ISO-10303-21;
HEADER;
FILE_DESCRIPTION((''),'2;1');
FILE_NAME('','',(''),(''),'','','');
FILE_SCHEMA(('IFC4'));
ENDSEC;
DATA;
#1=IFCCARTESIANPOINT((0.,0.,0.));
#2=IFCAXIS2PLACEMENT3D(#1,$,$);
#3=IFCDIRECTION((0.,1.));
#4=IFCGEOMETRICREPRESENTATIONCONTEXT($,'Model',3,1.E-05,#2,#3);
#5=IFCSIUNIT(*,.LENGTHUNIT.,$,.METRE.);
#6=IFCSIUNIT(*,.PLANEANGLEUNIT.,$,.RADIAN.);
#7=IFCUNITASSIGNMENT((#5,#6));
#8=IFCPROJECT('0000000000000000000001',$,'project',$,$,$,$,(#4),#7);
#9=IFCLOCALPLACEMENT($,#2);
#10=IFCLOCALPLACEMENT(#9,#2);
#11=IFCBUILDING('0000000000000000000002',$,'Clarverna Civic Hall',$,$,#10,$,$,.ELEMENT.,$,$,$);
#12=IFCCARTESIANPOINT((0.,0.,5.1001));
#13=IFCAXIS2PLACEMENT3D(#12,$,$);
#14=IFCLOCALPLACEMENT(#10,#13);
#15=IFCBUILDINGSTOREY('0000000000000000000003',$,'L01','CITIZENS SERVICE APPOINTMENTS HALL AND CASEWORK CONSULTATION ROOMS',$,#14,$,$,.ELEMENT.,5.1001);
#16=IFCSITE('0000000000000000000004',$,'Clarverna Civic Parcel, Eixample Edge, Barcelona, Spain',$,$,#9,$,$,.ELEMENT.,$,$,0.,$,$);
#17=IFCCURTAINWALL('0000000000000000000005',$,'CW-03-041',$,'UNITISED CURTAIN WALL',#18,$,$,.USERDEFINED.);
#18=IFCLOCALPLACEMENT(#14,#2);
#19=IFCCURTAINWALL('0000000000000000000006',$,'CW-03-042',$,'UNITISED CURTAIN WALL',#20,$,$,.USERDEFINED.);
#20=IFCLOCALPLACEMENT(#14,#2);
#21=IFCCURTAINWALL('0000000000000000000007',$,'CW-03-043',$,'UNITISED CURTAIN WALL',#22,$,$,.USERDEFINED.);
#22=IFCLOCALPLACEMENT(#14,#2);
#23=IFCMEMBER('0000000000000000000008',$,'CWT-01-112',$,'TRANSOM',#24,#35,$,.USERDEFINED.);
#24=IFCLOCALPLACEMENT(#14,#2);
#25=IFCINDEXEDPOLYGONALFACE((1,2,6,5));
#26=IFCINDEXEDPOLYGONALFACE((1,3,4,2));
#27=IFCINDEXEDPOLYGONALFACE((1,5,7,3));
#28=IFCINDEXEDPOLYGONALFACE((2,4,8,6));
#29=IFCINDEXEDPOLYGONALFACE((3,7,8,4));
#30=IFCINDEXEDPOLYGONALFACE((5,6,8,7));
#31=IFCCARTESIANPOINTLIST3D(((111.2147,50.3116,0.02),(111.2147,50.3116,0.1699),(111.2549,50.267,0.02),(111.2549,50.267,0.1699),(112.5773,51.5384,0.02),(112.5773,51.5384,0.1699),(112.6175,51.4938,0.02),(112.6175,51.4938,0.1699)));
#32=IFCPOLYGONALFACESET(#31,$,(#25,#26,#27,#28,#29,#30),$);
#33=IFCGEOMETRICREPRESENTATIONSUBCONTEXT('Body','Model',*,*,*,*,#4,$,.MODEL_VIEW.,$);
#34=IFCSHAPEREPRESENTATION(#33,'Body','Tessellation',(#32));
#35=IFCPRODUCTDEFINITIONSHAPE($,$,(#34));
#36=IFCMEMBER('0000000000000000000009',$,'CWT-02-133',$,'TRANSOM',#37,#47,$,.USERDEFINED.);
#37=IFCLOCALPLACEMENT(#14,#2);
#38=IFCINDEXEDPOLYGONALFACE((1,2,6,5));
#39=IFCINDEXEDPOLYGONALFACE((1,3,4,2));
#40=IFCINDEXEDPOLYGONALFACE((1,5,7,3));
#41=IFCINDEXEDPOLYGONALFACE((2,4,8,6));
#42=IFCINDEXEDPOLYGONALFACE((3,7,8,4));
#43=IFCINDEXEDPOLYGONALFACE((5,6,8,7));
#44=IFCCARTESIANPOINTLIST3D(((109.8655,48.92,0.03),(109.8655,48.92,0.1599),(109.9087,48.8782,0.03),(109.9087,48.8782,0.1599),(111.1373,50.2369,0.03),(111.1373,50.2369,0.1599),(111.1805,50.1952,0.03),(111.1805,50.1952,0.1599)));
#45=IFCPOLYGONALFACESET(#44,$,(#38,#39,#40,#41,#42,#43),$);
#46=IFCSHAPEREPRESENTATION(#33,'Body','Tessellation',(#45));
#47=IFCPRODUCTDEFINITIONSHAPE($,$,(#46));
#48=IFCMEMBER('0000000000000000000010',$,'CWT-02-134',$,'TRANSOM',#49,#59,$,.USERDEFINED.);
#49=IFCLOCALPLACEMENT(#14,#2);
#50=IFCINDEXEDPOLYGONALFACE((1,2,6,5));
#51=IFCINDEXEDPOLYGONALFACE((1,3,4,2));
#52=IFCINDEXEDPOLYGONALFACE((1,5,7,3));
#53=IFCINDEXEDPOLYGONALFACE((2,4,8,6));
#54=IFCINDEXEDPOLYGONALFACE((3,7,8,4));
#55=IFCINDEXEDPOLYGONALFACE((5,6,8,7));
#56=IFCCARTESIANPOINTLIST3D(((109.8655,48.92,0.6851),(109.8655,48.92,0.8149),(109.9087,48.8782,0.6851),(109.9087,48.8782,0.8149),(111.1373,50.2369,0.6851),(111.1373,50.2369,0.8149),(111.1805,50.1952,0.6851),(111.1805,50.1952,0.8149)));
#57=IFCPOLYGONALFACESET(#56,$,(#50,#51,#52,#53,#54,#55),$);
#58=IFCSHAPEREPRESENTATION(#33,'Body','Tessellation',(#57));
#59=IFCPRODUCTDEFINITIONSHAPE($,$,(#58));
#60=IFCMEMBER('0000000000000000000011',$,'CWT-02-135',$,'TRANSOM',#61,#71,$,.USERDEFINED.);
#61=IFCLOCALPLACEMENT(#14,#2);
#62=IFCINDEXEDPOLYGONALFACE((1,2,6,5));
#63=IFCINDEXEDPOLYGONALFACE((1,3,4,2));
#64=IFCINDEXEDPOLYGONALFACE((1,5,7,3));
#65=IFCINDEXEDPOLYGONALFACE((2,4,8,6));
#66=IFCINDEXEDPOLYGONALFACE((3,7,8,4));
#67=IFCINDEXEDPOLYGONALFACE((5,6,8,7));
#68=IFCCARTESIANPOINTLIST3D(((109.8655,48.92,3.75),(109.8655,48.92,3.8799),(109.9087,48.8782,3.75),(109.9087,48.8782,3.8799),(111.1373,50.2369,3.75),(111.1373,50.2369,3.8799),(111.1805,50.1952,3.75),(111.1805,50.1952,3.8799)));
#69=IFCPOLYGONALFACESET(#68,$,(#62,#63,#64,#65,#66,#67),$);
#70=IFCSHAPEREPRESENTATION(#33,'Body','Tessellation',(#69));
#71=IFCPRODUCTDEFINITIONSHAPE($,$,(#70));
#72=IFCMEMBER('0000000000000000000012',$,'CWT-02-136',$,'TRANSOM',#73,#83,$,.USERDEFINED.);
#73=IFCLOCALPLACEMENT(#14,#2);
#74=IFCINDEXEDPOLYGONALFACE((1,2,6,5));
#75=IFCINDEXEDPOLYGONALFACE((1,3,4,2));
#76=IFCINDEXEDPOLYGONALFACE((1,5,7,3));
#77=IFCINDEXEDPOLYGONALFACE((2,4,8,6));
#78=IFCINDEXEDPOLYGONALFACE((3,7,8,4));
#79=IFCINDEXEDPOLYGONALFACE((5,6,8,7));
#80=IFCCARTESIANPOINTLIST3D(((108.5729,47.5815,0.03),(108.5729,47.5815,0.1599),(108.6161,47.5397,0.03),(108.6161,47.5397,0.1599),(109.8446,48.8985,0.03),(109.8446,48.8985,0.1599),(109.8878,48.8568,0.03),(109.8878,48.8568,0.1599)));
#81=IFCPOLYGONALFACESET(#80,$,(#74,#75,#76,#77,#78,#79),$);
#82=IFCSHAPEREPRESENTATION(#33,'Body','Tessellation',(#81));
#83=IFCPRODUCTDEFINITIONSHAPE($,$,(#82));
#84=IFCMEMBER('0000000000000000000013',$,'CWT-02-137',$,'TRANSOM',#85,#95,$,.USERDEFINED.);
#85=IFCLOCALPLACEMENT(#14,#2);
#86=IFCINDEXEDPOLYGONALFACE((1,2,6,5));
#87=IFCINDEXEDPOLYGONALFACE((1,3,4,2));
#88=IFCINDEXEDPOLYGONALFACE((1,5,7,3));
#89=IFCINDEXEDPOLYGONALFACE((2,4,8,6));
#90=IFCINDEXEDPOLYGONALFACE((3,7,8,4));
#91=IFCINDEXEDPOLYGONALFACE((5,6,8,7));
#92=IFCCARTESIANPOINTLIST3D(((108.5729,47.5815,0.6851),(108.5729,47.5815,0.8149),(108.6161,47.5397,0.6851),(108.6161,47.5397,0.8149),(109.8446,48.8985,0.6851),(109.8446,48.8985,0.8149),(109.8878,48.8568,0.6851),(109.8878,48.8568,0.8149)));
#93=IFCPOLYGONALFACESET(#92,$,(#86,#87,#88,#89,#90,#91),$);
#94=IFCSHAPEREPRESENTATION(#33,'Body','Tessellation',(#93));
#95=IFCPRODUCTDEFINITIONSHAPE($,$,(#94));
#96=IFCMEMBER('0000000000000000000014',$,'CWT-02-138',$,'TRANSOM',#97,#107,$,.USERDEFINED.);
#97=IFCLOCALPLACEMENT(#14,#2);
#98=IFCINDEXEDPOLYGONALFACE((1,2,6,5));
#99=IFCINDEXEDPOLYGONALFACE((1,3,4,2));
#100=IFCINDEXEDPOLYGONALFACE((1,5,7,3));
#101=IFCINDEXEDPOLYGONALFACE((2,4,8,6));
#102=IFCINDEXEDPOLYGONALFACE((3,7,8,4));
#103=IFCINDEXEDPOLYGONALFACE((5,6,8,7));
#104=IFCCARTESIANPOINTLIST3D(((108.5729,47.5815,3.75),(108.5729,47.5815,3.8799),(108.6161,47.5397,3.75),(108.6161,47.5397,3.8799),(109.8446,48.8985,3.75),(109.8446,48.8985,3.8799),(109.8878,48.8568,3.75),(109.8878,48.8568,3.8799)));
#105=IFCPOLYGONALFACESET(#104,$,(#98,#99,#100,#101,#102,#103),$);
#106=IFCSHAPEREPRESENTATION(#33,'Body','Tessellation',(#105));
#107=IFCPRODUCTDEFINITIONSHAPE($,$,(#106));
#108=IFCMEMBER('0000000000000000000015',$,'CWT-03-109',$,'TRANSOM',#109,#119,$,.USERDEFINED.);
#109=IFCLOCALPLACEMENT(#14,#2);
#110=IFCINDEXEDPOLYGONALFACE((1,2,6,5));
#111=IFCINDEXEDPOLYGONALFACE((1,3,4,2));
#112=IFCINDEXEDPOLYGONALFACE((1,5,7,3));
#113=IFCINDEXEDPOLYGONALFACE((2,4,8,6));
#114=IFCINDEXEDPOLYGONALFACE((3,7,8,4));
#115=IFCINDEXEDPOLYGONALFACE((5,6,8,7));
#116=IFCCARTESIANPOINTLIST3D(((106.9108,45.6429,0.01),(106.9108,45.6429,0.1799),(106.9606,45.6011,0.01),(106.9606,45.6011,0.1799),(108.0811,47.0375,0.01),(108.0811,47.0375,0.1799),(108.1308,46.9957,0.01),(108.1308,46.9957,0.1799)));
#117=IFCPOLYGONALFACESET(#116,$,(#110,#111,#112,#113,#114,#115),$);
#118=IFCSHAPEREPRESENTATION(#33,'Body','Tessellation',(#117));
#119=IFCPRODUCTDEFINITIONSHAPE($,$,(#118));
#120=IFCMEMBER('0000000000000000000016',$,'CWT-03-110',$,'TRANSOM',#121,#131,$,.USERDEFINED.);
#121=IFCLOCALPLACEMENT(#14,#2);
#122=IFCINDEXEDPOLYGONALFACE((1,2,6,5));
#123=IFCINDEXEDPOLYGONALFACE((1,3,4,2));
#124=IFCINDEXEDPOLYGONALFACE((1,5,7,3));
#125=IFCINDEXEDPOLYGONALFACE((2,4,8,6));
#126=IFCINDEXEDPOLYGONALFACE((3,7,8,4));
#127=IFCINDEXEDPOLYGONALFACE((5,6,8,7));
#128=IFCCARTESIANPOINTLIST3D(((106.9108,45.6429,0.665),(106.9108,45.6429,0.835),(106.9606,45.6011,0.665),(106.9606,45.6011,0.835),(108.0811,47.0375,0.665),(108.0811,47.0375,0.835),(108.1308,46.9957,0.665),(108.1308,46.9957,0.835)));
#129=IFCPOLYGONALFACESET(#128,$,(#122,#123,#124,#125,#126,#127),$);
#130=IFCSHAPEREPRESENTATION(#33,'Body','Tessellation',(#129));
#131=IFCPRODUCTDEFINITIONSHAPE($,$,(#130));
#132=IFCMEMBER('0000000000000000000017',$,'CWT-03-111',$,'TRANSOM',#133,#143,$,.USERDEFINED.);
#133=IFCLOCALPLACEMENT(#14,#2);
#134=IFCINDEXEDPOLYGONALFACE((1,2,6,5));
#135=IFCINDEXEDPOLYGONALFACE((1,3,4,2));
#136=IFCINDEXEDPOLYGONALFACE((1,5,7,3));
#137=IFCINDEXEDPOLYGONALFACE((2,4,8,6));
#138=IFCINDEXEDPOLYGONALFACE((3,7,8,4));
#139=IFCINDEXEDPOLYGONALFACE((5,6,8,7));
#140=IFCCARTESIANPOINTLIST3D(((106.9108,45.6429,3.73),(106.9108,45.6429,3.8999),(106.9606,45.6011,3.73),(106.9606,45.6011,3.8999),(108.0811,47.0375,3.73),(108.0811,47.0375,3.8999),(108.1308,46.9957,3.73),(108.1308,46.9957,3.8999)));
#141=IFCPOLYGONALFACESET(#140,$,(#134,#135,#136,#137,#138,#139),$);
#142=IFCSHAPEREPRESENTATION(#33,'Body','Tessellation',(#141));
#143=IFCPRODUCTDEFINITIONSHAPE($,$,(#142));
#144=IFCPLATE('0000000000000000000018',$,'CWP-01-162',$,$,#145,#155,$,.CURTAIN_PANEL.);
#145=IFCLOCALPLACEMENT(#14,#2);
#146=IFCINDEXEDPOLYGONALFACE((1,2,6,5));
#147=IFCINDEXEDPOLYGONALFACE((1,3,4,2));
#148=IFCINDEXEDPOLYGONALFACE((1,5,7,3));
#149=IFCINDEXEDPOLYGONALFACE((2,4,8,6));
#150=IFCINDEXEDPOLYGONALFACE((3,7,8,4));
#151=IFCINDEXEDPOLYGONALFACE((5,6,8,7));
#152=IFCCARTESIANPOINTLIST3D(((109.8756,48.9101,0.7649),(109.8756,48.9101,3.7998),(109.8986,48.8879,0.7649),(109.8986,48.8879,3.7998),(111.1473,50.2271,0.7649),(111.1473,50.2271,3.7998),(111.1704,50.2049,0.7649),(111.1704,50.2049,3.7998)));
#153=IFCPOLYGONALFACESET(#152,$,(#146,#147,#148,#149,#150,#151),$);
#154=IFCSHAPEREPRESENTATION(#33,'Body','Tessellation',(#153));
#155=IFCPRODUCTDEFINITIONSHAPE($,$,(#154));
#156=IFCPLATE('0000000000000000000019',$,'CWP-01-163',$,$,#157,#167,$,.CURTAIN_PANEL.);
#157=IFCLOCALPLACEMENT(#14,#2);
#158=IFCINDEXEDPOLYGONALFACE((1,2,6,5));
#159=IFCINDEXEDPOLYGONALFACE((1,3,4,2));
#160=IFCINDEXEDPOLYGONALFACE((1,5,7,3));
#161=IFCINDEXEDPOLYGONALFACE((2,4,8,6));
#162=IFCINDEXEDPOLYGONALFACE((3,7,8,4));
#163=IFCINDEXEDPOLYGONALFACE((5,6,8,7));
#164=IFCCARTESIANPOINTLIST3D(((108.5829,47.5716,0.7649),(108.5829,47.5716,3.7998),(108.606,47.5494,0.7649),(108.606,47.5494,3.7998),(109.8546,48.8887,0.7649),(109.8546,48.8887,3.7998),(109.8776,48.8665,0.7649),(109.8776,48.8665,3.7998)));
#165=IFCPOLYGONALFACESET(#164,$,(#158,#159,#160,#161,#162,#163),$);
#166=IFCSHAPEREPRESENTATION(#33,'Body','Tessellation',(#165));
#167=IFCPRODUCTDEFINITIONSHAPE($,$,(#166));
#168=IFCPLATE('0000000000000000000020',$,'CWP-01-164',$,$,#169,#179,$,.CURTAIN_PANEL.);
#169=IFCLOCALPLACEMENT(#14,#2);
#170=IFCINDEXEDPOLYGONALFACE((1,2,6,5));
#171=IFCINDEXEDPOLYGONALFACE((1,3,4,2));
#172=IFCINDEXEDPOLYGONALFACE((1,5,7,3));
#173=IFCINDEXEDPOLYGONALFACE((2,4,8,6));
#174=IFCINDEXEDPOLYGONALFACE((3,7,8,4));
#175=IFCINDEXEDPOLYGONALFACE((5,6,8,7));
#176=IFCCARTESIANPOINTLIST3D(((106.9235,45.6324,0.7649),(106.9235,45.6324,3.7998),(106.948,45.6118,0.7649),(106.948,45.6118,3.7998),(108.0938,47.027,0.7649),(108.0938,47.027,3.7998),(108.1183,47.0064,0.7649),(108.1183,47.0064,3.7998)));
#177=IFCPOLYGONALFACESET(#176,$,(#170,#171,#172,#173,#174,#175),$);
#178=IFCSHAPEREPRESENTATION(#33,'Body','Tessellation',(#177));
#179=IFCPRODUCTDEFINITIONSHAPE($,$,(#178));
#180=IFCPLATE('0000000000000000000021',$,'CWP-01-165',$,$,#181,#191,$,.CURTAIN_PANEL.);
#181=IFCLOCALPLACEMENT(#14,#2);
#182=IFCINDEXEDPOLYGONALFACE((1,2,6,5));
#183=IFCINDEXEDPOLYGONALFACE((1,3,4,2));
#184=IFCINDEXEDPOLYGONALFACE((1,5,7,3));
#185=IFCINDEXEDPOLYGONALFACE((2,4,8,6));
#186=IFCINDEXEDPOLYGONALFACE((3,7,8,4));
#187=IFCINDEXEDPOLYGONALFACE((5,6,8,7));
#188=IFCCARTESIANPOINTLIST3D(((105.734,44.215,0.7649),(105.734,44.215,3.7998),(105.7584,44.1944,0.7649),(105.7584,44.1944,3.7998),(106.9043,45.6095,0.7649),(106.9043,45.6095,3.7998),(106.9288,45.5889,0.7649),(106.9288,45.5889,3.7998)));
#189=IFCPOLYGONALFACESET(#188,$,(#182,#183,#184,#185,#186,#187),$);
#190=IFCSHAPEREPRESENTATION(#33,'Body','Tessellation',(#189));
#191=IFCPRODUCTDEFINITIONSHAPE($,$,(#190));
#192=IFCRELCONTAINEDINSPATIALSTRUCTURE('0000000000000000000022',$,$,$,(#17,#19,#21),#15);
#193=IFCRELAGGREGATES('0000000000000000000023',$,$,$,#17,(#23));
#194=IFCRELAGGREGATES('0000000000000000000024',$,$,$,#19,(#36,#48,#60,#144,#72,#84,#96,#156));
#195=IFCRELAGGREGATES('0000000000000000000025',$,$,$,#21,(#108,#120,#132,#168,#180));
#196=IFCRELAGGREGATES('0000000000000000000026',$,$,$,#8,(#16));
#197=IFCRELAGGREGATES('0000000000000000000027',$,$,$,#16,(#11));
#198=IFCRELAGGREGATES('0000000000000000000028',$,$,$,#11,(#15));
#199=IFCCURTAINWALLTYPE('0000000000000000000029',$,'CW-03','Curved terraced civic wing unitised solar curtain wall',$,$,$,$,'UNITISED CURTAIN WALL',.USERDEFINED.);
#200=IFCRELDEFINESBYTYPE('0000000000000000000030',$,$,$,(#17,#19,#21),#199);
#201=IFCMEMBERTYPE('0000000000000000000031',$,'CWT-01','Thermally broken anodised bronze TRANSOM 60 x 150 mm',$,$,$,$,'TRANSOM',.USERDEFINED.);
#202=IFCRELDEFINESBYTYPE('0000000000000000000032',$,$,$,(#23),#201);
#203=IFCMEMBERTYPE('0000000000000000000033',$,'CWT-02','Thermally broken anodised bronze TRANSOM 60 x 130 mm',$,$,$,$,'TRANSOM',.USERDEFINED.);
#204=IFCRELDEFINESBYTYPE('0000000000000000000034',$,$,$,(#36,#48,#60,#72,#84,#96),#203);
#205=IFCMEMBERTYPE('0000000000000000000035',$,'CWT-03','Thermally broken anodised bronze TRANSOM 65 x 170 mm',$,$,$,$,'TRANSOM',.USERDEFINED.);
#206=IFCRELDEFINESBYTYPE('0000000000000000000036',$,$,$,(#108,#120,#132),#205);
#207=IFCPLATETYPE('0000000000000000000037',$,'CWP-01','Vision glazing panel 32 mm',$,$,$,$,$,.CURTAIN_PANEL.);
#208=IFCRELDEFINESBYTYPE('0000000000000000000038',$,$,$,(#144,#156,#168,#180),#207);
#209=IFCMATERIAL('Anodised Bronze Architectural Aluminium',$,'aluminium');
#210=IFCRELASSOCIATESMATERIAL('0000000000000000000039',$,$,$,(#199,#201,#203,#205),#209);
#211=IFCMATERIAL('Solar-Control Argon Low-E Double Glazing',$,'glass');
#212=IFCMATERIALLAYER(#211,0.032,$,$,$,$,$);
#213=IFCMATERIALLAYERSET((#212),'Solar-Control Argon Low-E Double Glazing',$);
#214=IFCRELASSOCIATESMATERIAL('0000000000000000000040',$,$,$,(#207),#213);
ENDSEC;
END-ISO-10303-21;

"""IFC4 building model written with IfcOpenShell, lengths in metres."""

from ifc_helpers import new_model, si_unit, direction, frame, frame_2d, origin, origin_2d, place, context, subcontext, project, spatial, rectangle, extrude, material, layer, layer_set, material_profile, profile_set, type_object, element, aggregate, save


model = new_model("IFC4")

# Units and contexts
model_context = context("Model", 3, precision=1e-05, world=origin(), true_north=direction((0.0, 1.0)))
body_context = subcontext(model_context, "Body", "Model", "MODEL_VIEW")
ifc_project = project(units=[si_unit("LENGTHUNIT", "METRE"), si_unit("PLANEANGLEUNIT", "RADIAN")], contexts=[model_context])

# Site, building, storey
site_placement = place(None, origin())
site = spatial("IfcSite", under=ifc_project, at=site_placement, Name="Clarverna Civic Parcel, Eixample Edge, Barcelona, Spain", CompositionType="ELEMENT", RefElevation=0.0)
building_placement = place(site_placement, origin())
building = spatial("IfcBuilding", under=site, at=building_placement, Name="Clarverna Civic Hall", CompositionType="ELEMENT")
storey_placement = place(building_placement, frame((0.0, 0.0, 5.1001)))
storey = spatial("IfcBuildingStorey", under=building, at=storey_placement, Name="L01", Description="CITIZENS SERVICE APPOINTMENTS HALL AND CASEWORK CONSULTATION ROOMS", CompositionType="ELEMENT", Elevation=5.1001)

# Curtain wall
ifc_material_1 = material(Name="Anodised Bronze Architectural Aluminium", Category="aluminium")
curtain_wall_type = type_object("IfcCurtainWallType", Name="CW-03", Description="Curved terraced civic wing unitised solar curtain wall", ElementType="UNITISED CURTAIN WALL", PredefinedType="USERDEFINED", material=ifc_material_1)
curtain_wall_1_placement = place(storey_placement, origin())
curtain_wall_1 = element("IfcCurtainWall", 1, at=curtain_wall_1_placement, inside=storey, type_object=curtain_wall_type, Name="CW-03-041", ObjectType="UNITISED CURTAIN WALL", PredefinedType="USERDEFINED")

# Curtain walls
curtain_wall_2_placement = place(storey_placement, origin())
curtain_wall_2 = element("IfcCurtainWall", 2, at=curtain_wall_2_placement, inside=storey, type_object=curtain_wall_type, Name="CW-03-042", ObjectType="UNITISED CURTAIN WALL", PredefinedType="USERDEFINED")
curtain_wall_3_placement = place(storey_placement, origin())
curtain_wall_3 = element("IfcCurtainWall", 3, at=curtain_wall_3_placement, inside=storey, type_object=curtain_wall_type, Name="CW-03-043", ObjectType="UNITISED CURTAIN WALL", PredefinedType="USERDEFINED")

# Members
ifc_material_profile_1 = material_profile(ifc_material_1, rectangle(XDim=0.0601, YDim=0.1499, at=origin_2d()), Name="BRONZE 60x150")
ifc_profile_set_1 = profile_set([ifc_material_profile_1], Name="Anodised Bronze Architectural Aluminium")
member_type_1 = type_object("IfcMemberType", Name="CWT-01", Description="Thermally broken anodised bronze TRANSOM 60 x 150 mm", ElementType="TRANSOM", PredefinedType="USERDEFINED", material=ifc_profile_set_1)
member_1_placement = place(storey_placement, frame((112.5974, 51.5161, 0.095), z_axis=(-0.743155, -0.669119, 0.0), x_axis=(0.669119, -0.743155, 0.0)))
member_1 = element("IfcMember", 4, at=member_1_placement, type_object=member_type_1, Name="CWT-01-112", ObjectType="TRANSOM", PredefinedType="USERDEFINED", context=body_context, shape_type="SweptSolid", body=[
    extrude(rectangle(XDim=0.0601, YDim=0.1499, at=origin_2d()), origin(), (0.0, 0.0, 1.0), 1.8335),
])
aggregate(curtain_wall_1, [member_1])
ifc_material_profile_2 = material_profile(ifc_material_1, rectangle(XDim=0.0601, YDim=0.1299, at=origin_2d()), Name="BRONZE 60x130")
ifc_profile_set_2 = profile_set([ifc_material_profile_2], Name="Anodised Bronze Architectural Aluminium")
member_type_2 = type_object("IfcMemberType", Name="CWT-02", Description="Thermally broken anodised bronze TRANSOM 60 x 130 mm", ElementType="TRANSOM", PredefinedType="USERDEFINED", material=ifc_profile_set_2)
member_2_placement = place(storey_placement, frame((111.1589, 50.2161, 0.095), z_axis=(-0.694664, -0.719335, 0.0), x_axis=(0.719335, -0.694664, 0.0)))
member_2 = element("IfcMember", 5, at=member_2_placement, type_object=member_type_2, Name="CWT-02-133", ObjectType="TRANSOM", PredefinedType="USERDEFINED", context=body_context, shape_type="SweptSolid", body=[
    extrude(rectangle(XDim=0.0601, YDim=0.1299, at=origin_2d()), origin(), (0.0, 0.0, 1.0), 1.8308),
])
member_3_placement = place(storey_placement, frame((111.1589, 50.2161, 0.75), z_axis=(-0.694664, -0.719335, 0.0), x_axis=(0.719335, -0.694664, 0.0)))
member_3 = element("IfcMember", 6, at=member_3_placement, type_object=member_type_2, Name="CWT-02-134", ObjectType="TRANSOM", PredefinedType="USERDEFINED", context=body_context, shape_type="SweptSolid", body=[
    extrude(rectangle(XDim=0.0601, YDim=0.1299, at=origin_2d()), origin(), (0.0, 0.0, 1.0), 1.8308),
])
member_4_placement = place(storey_placement, frame((111.1589, 50.2161, 3.8149), z_axis=(-0.694664, -0.719335, 0.0), x_axis=(0.719335, -0.694664, 0.0)))
member_4 = element("IfcMember", 7, at=member_4_placement, type_object=member_type_2, Name="CWT-02-135", ObjectType="TRANSOM", PredefinedType="USERDEFINED", context=body_context, shape_type="SweptSolid", body=[
    extrude(rectangle(XDim=0.0601, YDim=0.1299, at=origin_2d()), origin(), (0.0, 0.0, 1.0), 1.8308),
])
member_5_placement = place(storey_placement, frame((109.8662, 48.8777, 0.095), z_axis=(-0.694597, -0.719399, 0.0), x_axis=(0.719399, -0.694597, 0.0)))
member_5 = element("IfcMember", 8, at=member_5_placement, type_object=member_type_2, Name="CWT-02-136", ObjectType="TRANSOM", PredefinedType="USERDEFINED", context=body_context, shape_type="SweptSolid", body=[
    extrude(rectangle(XDim=0.0601, YDim=0.1299, at=origin_2d()), origin(), (0.0, 0.0, 1.0), 1.8308),
])
member_6_placement = place(storey_placement, frame((109.8662, 48.8777, 0.75), z_axis=(-0.694597, -0.719399, 0.0), x_axis=(0.719399, -0.694597, 0.0)))
member_6 = element("IfcMember", 9, at=member_6_placement, type_object=member_type_2, Name="CWT-02-137", ObjectType="TRANSOM", PredefinedType="USERDEFINED", context=body_context, shape_type="SweptSolid", body=[
    extrude(rectangle(XDim=0.0601, YDim=0.1299, at=origin_2d()), origin(), (0.0, 0.0, 1.0), 1.8308),
])
member_7_placement = place(storey_placement, frame((109.8662, 48.8777, 3.8149), z_axis=(-0.694597, -0.719399, 0.0), x_axis=(0.719399, -0.694597, 0.0)))
member_7 = element("IfcMember", 10, at=member_7_placement, type_object=member_type_2, Name="CWT-02-138", ObjectType="TRANSOM", PredefinedType="USERDEFINED", context=body_context, shape_type="SweptSolid", body=[
    extrude(rectangle(XDim=0.0601, YDim=0.1299, at=origin_2d()), origin(), (0.0, 0.0, 1.0), 1.8308),
])
ifc_material_profile_3 = material_profile(ifc_material_1, rectangle(XDim=0.0649, YDim=0.1699, at=origin_2d()), Name="BRONZE 65x170")
ifc_profile_set_3 = profile_set([ifc_material_profile_3], Name="Anodised Bronze Architectural Aluminium")
member_type_3 = type_object("IfcMemberType", Name="CWT-03", Description="Thermally broken anodised bronze TRANSOM 65 x 170 mm", ElementType="TRANSOM", PredefinedType="USERDEFINED", material=ifc_profile_set_3)
member_8_placement = place(storey_placement, frame((108.106, 47.0166, 0.095), z_axis=(-0.642793, -0.76604, 0.0), x_axis=(0.76604, -0.642793, 0.0)))
member_8 = element("IfcMember", 11, at=member_8_placement, type_object=member_type_3, Name="CWT-03-109", ObjectType="TRANSOM", PredefinedType="USERDEFINED", context=body_context, shape_type="SweptSolid", body=[
    extrude(rectangle(XDim=0.0649, YDim=0.1699, at=origin_2d()), origin(), (0.0, 0.0, 1.0), 1.8206),
])
member_9_placement = place(storey_placement, frame((108.106, 47.0166, 0.75), z_axis=(-0.642793, -0.76604, 0.0), x_axis=(0.76604, -0.642793, 0.0)))
member_9 = element("IfcMember", 12, at=member_9_placement, type_object=member_type_3, Name="CWT-03-110", ObjectType="TRANSOM", PredefinedType="USERDEFINED", context=body_context, shape_type="SweptSolid", body=[
    extrude(rectangle(XDim=0.0649, YDim=0.1699, at=origin_2d()), origin(), (0.0, 0.0, 1.0), 1.8206),
])
member_10_placement = place(storey_placement, frame((108.106, 47.0166, 3.8149), z_axis=(-0.642793, -0.76604, 0.0), x_axis=(0.76604, -0.642793, 0.0)))
member_10 = element("IfcMember", 13, at=member_10_placement, type_object=member_type_3, Name="CWT-03-111", ObjectType="TRANSOM", PredefinedType="USERDEFINED", context=body_context, shape_type="SweptSolid", body=[
    extrude(rectangle(XDim=0.0649, YDim=0.1699, at=origin_2d()), origin(), (0.0, 0.0, 1.0), 1.8206),
])

# Plates
ifc_material_2 = material(Name="Solar-Control Argon Low-E Double Glazing", Category="glass")
ifc_layer_1 = layer(ifc_material_2, 0.032)
ifc_layer_set_1 = layer_set([ifc_layer_1], Name="Solar-Control Argon Low-E Double Glazing")
plate_type_1 = type_object("IfcPlateType", Name="CWP-01", Description="Vision glazing panel 32 mm", PredefinedType="CURTAIN_PANEL", material=ifc_layer_set_1)
plate_1_placement = place(storey_placement, frame((111.1589, 50.2161, 0.7649), z_axis=(0.0, 0.0, 1.0), x_axis=(-0.694664, -0.719335, 0.0)))
plate_1 = element("IfcPlate", 14, at=plate_1_placement, type_object=plate_type_1, Name="CWP-01-162", PredefinedType="CURTAIN_PANEL", context=body_context, shape_type="SweptSolid", body=[
    extrude(rectangle(XDim=1.8308, YDim=0.032, at=frame_2d((0.9155, 0.0))), origin(), (0.0, 0.0, 1.0), 3.0349),
])
plate_2_placement = place(storey_placement, frame((109.8662, 48.8777, 0.7649), z_axis=(0.0, 0.0, 1.0), x_axis=(-0.694597, -0.719399, 0.0)))
plate_2 = element("IfcPlate", 15, at=plate_2_placement, type_object=plate_type_1, Name="CWP-01-163", PredefinedType="CURTAIN_PANEL", context=body_context, shape_type="SweptSolid", body=[
    extrude(rectangle(XDim=1.8308, YDim=0.032, at=frame_2d((0.9155, 0.0))), origin(), (0.0, 0.0, 1.0), 3.0349),
])
plate_3_placement = place(storey_placement, frame((108.106, 47.0166, 0.7649), z_axis=(0.0, 0.0, 1.0), x_axis=(-0.642793, -0.76604, 0.0)))
plate_3 = element("IfcPlate", 16, at=plate_3_placement, type_object=plate_type_1, Name="CWP-01-164", PredefinedType="CURTAIN_PANEL", context=body_context, shape_type="SweptSolid", body=[
    extrude(rectangle(XDim=1.8206, YDim=0.032, at=frame_2d((0.9102, 0.0))), origin(), (0.0, 0.0, 1.0), 3.0349),
])
plate_4_placement = place(storey_placement, frame((106.9165, 45.5991, 0.7649), z_axis=(0.0, 0.0, 1.0), x_axis=(-0.642871, -0.765974, 0.0)))
plate_4 = element("IfcPlate", 17, at=plate_4_placement, type_object=plate_type_1, Name="CWP-01-165", PredefinedType="CURTAIN_PANEL", context=body_context, shape_type="SweptSolid", body=[
    extrude(rectangle(XDim=1.8206, YDim=0.032, at=frame_2d((0.9102, 0.0))), origin(), (0.0, 0.0, 1.0), 3.0349),
])
aggregate(curtain_wall_2, [member_2, member_3, member_4, plate_1, member_5, member_6, member_7, plate_2])
aggregate(curtain_wall_3, [member_8, member_9, member_10, plate_3, plate_4])

save(model, "model.ifc")
